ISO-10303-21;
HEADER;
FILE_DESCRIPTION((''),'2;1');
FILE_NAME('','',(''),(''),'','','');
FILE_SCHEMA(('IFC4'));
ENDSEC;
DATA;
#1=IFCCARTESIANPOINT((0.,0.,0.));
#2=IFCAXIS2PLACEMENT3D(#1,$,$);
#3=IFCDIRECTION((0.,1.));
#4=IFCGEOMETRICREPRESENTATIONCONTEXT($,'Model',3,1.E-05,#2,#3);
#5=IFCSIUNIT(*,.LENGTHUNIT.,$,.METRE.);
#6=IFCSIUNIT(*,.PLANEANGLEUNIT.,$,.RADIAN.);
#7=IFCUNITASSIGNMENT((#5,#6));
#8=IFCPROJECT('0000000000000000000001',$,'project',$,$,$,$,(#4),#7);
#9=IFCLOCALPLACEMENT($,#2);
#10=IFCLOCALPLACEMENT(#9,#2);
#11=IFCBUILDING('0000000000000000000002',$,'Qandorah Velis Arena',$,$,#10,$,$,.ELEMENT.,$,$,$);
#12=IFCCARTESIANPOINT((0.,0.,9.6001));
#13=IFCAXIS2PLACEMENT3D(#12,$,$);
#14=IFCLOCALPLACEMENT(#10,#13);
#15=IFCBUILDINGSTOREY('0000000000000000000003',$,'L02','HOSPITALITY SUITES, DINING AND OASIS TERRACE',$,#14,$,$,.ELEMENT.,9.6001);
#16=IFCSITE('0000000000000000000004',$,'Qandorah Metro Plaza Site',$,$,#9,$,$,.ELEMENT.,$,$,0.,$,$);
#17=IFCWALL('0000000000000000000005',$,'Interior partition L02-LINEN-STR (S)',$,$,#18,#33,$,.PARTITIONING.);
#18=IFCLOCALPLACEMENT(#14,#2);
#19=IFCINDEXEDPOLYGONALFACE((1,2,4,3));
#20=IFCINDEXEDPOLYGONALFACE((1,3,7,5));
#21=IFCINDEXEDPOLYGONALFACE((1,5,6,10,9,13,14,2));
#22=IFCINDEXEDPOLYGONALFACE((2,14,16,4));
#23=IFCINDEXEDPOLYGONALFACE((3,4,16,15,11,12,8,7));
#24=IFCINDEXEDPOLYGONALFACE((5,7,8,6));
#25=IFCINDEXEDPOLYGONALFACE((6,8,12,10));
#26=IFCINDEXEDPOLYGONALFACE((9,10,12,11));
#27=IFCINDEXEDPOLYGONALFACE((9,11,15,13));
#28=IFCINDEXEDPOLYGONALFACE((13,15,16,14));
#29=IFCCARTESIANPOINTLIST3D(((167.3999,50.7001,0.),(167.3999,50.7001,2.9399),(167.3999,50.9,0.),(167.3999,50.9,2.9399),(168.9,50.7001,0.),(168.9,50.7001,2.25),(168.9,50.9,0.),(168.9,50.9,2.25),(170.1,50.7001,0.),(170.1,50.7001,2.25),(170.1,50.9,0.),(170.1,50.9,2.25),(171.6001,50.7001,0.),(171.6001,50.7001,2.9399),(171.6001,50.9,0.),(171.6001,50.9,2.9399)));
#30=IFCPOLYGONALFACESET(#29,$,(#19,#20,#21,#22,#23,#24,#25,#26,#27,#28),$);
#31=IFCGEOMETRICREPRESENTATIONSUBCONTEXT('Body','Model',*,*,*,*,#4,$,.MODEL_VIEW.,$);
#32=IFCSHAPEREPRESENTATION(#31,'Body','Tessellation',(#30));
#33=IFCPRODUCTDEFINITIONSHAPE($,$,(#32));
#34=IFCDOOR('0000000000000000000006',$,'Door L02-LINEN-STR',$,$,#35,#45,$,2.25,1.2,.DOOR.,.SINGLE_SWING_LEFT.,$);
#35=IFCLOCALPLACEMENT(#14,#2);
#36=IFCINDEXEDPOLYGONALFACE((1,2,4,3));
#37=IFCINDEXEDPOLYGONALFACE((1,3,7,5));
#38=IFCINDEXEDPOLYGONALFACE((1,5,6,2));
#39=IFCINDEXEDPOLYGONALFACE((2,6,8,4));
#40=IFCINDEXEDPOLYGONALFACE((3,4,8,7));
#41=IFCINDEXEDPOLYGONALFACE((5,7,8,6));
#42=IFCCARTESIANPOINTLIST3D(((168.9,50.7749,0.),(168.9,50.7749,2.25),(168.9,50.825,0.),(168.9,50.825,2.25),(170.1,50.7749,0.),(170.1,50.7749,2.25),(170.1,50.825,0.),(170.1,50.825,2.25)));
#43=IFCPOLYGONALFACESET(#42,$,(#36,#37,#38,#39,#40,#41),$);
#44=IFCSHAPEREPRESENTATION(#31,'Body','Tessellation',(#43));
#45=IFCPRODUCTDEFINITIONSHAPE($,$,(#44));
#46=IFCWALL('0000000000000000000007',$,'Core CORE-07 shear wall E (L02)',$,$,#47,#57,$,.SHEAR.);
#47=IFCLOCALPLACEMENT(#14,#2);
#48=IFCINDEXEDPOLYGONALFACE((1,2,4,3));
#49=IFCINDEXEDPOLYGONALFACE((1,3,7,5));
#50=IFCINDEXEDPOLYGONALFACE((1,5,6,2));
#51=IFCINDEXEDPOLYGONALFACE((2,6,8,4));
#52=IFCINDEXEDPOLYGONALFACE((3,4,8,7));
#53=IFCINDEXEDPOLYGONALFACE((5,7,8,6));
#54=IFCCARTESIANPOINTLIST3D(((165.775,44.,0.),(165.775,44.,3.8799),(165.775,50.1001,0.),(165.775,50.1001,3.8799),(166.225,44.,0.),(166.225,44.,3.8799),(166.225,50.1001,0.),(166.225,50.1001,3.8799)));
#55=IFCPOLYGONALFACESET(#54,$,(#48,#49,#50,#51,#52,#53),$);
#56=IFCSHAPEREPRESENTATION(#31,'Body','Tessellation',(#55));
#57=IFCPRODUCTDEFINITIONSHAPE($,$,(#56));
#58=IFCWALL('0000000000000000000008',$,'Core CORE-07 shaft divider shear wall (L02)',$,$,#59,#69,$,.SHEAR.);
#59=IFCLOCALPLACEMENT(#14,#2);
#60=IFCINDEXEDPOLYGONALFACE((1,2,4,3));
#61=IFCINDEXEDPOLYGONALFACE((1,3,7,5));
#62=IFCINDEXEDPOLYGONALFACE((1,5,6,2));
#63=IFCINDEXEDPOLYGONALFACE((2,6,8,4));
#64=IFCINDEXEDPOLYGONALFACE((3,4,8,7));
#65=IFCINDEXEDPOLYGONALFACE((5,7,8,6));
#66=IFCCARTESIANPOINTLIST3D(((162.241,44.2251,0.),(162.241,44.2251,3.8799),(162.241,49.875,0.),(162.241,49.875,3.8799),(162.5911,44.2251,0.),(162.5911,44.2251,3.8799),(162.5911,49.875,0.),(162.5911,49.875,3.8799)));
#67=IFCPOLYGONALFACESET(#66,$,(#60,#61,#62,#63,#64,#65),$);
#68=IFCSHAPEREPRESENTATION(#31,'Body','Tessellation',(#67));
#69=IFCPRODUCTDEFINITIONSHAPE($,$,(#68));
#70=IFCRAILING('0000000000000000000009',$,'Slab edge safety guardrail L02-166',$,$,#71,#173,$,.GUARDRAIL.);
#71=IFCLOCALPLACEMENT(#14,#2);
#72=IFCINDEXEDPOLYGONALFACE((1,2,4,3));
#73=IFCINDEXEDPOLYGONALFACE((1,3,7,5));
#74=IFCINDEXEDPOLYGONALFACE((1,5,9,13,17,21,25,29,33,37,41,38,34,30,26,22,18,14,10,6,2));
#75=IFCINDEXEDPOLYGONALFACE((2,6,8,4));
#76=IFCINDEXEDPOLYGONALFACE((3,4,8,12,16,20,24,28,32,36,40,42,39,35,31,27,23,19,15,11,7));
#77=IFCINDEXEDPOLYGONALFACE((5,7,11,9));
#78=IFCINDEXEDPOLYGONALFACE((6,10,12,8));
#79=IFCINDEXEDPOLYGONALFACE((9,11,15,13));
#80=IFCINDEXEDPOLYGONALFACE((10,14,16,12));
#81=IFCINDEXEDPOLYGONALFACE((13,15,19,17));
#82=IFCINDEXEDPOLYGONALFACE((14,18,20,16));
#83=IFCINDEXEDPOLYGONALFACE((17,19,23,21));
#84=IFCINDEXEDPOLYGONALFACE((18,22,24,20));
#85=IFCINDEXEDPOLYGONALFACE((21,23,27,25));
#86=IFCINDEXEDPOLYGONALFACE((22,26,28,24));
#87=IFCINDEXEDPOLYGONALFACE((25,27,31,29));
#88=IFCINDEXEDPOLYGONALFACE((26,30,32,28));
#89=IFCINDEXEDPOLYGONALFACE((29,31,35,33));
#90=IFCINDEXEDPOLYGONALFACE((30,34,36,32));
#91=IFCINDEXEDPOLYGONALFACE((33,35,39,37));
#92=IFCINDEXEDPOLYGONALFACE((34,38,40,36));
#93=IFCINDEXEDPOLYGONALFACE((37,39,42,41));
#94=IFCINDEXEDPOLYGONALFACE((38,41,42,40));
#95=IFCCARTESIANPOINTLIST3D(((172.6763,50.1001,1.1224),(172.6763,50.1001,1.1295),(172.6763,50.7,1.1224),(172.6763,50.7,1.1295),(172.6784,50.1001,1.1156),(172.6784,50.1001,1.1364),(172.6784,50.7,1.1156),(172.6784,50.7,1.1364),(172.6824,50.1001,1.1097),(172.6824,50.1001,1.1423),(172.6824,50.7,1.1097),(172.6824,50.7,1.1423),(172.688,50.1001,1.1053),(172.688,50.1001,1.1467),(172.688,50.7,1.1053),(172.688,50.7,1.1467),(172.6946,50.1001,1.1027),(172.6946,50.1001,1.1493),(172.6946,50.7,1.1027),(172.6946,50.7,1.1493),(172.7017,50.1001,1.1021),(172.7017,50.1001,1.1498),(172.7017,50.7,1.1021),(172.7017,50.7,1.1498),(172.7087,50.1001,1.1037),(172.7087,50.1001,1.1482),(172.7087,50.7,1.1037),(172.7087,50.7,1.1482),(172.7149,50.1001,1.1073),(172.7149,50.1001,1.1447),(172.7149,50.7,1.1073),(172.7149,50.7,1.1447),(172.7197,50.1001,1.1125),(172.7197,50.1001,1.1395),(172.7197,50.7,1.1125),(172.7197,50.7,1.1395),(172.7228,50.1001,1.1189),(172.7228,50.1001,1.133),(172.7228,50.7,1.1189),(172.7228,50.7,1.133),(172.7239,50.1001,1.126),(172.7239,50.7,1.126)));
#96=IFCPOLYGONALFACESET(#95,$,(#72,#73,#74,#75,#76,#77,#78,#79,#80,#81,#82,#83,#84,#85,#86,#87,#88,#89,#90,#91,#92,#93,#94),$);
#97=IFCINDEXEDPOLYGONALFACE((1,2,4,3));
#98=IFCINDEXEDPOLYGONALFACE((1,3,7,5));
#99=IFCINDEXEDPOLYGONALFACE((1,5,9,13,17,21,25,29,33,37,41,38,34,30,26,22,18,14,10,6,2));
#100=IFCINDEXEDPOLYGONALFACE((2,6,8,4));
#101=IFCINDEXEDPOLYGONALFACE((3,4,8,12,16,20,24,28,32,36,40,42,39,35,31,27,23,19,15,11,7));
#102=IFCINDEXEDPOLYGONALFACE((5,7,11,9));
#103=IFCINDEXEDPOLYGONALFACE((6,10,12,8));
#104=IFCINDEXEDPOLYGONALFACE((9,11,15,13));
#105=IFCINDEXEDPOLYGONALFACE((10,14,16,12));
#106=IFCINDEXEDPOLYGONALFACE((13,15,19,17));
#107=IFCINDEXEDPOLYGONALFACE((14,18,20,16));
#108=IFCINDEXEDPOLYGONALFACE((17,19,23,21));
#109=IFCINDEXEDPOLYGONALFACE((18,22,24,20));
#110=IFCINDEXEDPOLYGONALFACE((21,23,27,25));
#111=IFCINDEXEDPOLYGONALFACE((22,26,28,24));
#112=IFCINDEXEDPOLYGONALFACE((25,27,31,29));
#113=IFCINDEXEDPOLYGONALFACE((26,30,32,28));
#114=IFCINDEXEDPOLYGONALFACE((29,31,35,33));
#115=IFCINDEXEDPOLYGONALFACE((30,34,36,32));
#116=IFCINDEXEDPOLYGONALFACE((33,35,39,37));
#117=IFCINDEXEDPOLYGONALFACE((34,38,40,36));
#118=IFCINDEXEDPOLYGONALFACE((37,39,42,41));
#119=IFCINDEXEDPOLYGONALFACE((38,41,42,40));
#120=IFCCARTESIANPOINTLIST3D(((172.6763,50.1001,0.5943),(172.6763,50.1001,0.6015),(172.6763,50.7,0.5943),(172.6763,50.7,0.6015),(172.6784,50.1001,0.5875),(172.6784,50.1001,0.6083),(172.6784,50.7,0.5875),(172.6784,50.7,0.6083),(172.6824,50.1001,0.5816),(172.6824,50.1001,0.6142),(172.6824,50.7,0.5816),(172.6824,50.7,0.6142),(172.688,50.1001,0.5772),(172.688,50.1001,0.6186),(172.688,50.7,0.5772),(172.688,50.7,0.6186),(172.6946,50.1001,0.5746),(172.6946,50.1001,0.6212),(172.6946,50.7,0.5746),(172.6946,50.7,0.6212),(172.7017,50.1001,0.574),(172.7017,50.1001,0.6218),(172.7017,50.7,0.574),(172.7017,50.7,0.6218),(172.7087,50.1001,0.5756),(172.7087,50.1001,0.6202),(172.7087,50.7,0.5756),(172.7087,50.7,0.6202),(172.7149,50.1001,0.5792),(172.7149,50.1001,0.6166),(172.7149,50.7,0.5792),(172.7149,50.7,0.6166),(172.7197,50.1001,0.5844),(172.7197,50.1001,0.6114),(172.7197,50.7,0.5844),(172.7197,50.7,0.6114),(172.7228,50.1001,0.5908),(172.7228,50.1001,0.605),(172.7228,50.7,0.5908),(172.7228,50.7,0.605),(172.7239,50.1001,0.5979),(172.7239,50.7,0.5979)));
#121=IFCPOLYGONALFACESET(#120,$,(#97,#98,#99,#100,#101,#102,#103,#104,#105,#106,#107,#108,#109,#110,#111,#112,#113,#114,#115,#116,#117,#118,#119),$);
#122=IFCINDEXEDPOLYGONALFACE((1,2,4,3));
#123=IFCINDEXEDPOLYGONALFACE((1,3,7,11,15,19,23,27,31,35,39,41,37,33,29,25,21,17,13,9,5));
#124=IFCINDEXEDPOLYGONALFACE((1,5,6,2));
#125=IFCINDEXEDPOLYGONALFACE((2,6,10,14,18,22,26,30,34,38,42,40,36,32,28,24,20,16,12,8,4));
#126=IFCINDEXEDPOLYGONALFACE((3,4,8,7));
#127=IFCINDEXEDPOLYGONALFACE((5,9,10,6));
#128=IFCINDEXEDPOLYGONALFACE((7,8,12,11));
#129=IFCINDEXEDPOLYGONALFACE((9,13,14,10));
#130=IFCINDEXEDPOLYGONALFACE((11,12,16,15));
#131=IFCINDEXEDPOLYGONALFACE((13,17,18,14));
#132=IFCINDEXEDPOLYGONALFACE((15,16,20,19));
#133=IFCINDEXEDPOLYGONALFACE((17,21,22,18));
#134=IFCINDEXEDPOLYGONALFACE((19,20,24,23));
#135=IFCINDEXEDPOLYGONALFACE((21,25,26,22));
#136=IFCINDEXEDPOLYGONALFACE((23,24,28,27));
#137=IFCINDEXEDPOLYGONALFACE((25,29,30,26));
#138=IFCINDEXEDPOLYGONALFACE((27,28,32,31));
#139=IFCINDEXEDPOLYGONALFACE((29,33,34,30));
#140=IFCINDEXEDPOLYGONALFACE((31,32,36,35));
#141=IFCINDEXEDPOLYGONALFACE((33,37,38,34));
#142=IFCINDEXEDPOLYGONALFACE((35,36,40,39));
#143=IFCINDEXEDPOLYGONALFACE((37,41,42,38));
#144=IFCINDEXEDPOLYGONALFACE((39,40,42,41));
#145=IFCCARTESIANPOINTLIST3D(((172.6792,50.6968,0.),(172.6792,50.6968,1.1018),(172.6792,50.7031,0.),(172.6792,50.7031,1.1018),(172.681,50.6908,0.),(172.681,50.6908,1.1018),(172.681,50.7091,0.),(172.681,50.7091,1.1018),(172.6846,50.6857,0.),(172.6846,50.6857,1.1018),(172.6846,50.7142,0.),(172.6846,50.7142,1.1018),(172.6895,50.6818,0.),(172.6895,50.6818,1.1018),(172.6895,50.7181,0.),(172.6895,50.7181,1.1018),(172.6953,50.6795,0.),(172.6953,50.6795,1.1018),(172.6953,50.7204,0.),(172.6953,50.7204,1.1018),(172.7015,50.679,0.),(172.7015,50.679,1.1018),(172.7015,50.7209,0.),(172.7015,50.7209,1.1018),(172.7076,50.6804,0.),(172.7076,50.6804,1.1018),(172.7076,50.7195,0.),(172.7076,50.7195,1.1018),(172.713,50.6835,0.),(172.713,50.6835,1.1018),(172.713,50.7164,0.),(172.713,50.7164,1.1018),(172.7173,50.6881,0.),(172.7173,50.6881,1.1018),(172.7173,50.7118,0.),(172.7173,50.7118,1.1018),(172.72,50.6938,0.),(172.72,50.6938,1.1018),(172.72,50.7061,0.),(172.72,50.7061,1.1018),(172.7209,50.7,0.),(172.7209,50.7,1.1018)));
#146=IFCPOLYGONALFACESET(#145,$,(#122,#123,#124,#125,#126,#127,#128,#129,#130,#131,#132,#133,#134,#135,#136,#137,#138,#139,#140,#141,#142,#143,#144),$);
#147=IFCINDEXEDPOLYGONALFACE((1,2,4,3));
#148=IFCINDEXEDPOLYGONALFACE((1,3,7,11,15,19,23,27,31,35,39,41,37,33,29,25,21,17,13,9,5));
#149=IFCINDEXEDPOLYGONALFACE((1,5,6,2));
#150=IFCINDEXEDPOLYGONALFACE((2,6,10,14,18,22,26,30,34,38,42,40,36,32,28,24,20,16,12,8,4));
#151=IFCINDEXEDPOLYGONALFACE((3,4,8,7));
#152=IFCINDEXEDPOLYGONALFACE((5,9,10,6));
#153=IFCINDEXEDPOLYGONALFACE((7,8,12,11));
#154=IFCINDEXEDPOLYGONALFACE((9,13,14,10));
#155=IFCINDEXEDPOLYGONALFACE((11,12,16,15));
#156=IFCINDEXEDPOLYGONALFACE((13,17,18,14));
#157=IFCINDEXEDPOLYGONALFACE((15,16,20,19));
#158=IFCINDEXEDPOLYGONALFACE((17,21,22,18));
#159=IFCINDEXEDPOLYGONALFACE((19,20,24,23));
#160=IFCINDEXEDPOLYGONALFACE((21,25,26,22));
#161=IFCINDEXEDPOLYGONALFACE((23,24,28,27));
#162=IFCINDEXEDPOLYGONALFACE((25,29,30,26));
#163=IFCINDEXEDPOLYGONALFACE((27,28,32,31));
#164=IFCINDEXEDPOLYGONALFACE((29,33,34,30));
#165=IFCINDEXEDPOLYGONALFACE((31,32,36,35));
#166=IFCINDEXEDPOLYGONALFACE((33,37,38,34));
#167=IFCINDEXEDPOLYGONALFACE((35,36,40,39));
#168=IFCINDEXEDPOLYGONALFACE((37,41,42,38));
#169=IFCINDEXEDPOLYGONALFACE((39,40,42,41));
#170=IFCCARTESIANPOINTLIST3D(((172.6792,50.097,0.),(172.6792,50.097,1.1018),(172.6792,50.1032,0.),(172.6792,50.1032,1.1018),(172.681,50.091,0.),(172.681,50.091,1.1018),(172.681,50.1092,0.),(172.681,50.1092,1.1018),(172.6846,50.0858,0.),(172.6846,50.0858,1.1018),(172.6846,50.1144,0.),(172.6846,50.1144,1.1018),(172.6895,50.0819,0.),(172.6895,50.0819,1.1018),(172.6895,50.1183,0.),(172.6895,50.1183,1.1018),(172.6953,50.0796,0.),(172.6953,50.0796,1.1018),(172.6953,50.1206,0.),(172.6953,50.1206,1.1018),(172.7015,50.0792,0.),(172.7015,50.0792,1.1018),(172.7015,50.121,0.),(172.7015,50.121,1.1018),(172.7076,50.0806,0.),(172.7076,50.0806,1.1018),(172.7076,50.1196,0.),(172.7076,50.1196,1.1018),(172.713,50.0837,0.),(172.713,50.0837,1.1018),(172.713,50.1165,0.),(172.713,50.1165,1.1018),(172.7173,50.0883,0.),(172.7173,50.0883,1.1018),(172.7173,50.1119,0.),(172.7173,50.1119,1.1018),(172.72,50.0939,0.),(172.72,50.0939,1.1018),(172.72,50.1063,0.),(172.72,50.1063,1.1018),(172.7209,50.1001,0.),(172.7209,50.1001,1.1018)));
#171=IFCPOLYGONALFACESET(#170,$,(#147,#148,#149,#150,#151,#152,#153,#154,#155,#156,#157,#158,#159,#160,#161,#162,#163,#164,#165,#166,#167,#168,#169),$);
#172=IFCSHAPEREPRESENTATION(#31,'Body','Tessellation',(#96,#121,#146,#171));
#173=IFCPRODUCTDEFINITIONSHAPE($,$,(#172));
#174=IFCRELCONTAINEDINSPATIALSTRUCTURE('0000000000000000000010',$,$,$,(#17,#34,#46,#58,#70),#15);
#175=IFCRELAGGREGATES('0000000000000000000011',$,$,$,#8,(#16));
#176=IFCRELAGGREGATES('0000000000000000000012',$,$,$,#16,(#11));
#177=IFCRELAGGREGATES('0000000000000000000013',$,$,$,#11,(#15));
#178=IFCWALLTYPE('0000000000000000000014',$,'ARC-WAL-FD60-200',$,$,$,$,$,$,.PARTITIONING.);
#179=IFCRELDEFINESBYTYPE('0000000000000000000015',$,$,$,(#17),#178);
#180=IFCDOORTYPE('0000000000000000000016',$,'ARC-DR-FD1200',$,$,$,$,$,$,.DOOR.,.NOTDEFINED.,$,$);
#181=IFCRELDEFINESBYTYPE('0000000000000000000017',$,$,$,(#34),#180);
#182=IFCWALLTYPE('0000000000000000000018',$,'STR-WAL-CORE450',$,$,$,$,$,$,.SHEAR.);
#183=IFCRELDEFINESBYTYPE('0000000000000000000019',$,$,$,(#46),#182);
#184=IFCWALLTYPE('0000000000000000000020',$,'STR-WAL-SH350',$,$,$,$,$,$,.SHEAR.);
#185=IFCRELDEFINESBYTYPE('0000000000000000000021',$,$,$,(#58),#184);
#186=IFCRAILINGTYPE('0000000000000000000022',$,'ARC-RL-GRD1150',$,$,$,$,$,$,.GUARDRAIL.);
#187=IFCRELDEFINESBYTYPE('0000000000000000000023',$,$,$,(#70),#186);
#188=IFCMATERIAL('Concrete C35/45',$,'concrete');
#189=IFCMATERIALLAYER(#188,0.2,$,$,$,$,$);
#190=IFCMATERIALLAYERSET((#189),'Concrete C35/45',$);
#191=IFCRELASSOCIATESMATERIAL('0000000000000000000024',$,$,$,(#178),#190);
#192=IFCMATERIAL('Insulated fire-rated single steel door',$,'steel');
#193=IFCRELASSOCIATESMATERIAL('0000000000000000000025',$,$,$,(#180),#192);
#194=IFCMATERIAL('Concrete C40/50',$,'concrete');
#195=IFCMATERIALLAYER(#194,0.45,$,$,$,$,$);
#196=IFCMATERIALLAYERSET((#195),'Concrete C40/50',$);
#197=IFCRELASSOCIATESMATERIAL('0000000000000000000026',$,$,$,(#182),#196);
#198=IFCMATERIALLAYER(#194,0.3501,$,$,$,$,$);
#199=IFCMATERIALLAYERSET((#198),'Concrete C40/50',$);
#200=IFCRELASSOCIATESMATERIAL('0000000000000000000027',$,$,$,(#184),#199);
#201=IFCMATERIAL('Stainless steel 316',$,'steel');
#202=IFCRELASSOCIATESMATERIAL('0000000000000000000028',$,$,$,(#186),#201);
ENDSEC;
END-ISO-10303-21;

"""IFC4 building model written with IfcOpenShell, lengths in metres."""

from ifc_helpers import new_model, si_unit, direction, frame, frame_2d, origin, origin_2d, place, context, subcontext, project, spatial, rectangle, circle, extrude, material, layer, layer_set, type_object, element, fill, save


model = new_model("IFC4")

# Units and contexts
model_context = context("Model", 3, precision=1e-05, world=origin(), true_north=direction((0.0, 1.0)))
body_context = subcontext(model_context, "Body", "Model", "MODEL_VIEW")
ifc_project = project(units=[si_unit("LENGTHUNIT", "METRE"), si_unit("PLANEANGLEUNIT", "RADIAN")], contexts=[model_context])

# Site, building, storey
site_placement = place(None, origin())
site = spatial("IfcSite", under=ifc_project, at=site_placement, Name="Qandorah Metro Plaza Site", CompositionType="ELEMENT", RefElevation=0.0)
building_placement = place(site_placement, origin())
building = spatial("IfcBuilding", under=site, at=building_placement, Name="Qandorah Velis Arena", CompositionType="ELEMENT")
storey_placement = place(building_placement, frame((0.0, 0.0, 9.6001)))
storey = spatial("IfcBuildingStorey", under=building, at=storey_placement, Name="L02", Description="HOSPITALITY SUITES, DINING AND OASIS TERRACE", CompositionType="ELEMENT", Elevation=9.6001)

# Shared definitions
ifc_material_1 = material(Name="Concrete C40/50", Category="concrete")

# Shared definitions
ifc_material_2 = material(Name="Concrete C35/45", Category="concrete")
ifc_layer_1 = layer(ifc_material_2, 0.2)
ifc_layer_set_1 = layer_set([ifc_layer_1], Name="Concrete C35/45")
wall_type_1 = type_object("IfcWallType", Name="ARC-WAL-FD60-200", PredefinedType="PARTITIONING", material=ifc_layer_set_1)
ifc_material_3 = material(Name="Insulated fire-rated single steel door", Category="steel")
door_type = type_object("IfcDoorType", Name="ARC-DR-FD1200", OperationType="NOTDEFINED", PredefinedType="DOOR", material=ifc_material_3)

# Wall, opening, door
wall_1_placement = place(storey_placement, frame((167.3999, 50.8, 0.0), z_axis=(0.0, 0.0, 1.0), x_axis=(1.0, 0.0, 0.0)))
wall_1 = element("IfcWall", 1, at=wall_1_placement, inside=storey, type_object=wall_type_1, Name="Interior partition L02-LINEN-STR (S)", PredefinedType="PARTITIONING", context=body_context, shape_type="SweptSolid", body=[
    extrude(rectangle(XDim=4.2002, YDim=0.2, at=frame_2d((2.1001, 0.0))), origin(), (0.0, 0.0, 1.0), 2.9399),
])
opening_1_placement = place(wall_1_placement, frame((1.5, 0.0, 0.0)))
opening_1 = element("IfcOpeningElement", 2, at=opening_1_placement, cuts=wall_1, PredefinedType="OPENING", context=body_context, shape_type="SweptSolid", body=[
    extrude(rectangle(XDim=1.2, YDim=2.25, at=frame_2d((0.6001, 1.125))), frame((0.0, 0.1099, 0.0), z_axis=(0.0, -1.0, 0.0), x_axis=(1.0, 0.0, 0.0)), (0.0, 0.0, 1.0), 0.22),
])
door_1_placement = place(opening_1_placement, origin())
door_1 = element("IfcDoor", 3, at=door_1_placement, inside=storey, type_object=door_type, Name="Door L02-LINEN-STR", OperationType="SINGLE_SWING_LEFT", OverallHeight=2.25, OverallWidth=1.2, PredefinedType="DOOR", context=body_context, shape_type="SweptSolid", body=[
    extrude(rectangle(XDim=1.2, YDim=2.25, at=frame_2d((0.6001, 1.125))), frame((0.0, 0.0249, 0.0), z_axis=(0.0, -1.0, 0.0), x_axis=(1.0, 0.0, 0.0)), (0.0, 0.0, 1.0), 0.05),
])
fill(opening_1, door_1)

# Walls
ifc_layer_2 = layer(ifc_material_1, 0.45)
ifc_layer_set_2 = layer_set([ifc_layer_2], Name="Concrete C40/50")
wall_type_2 = type_object("IfcWallType", Name="STR-WAL-CORE450", PredefinedType="SHEAR", material=ifc_layer_set_2)
wall_2_placement = place(storey_placement, frame((166.0, 44.0, 0.0), z_axis=(0.0, 0.0, 1.0), x_axis=(0.0, 1.0, 0.0)))
element("IfcWall", 4, at=wall_2_placement, inside=storey, type_object=wall_type_2, Name="Core CORE-07 shear wall E (L02)", PredefinedType="SHEAR", context=body_context, shape_type="SweptSolid", body=[
    extrude(rectangle(XDim=6.1001, YDim=0.45, at=frame_2d((3.05, 0.0))), origin(), (0.0, 0.0, 1.0), 3.8799),
])
ifc_layer_3 = layer(ifc_material_1, 0.3501)
ifc_layer_set_3 = layer_set([ifc_layer_3], Name="Concrete C40/50")
wall_type_3 = type_object("IfcWallType", Name="STR-WAL-SH350", PredefinedType="SHEAR", material=ifc_layer_set_3)
wall_3_placement = place(storey_placement, frame((162.416, 44.2251, 0.0), z_axis=(0.0, 0.0, 1.0), x_axis=(0.0, 1.0, 0.0)))
element("IfcWall", 5, at=wall_3_placement, inside=storey, type_object=wall_type_3, Name="Core CORE-07 shaft divider shear wall (L02)", PredefinedType="SHEAR", context=body_context, shape_type="SweptSolid", body=[
    extrude(rectangle(XDim=5.6499, YDim=0.3501, at=frame_2d((2.825, 0.0))), origin(), (0.0, 0.0, 1.0), 3.8799),
])

# Railing
ifc_material_4 = material(Name="Stainless steel 316", Category="steel")
railing_type = type_object("IfcRailingType", Name="ARC-RL-GRD1150", PredefinedType="GUARDRAIL", material=ifc_material_4)
railing_1_placement = place(storey_placement, frame((172.7, 50.7, 0.0)))
element("IfcRailing", 6, at=railing_1_placement, inside=storey, type_object=railing_type, Name="Slab edge safety guardrail L02-166", PredefinedType="GUARDRAIL", context=body_context, shape_type="SweptSolid", body=[
    extrude(circle(Radius=0.0239, at=origin_2d()), frame((0.0, 0.0, 1.126), z_axis=(0.0, -1.0, 0.0), x_axis=(1.0, 0.0, 0.0)), (0.0, 0.0, 1.0), 0.5999),
    extrude(circle(Radius=0.0239, at=origin_2d()), frame((0.0, 0.0, 0.5979), z_axis=(0.0, -1.0, 0.0), x_axis=(1.0, 0.0, 0.0)), (0.0, 0.0, 1.0), 0.5999),
    extrude(circle(Radius=0.021, at=origin_2d()), origin(), (0.0, 0.0, 1.0), 1.1018),
    extrude(circle(Radius=0.021, at=origin_2d()), frame((0.0, -0.5999, 0.0)), (0.0, 0.0, 1.0), 1.1018),
])

save(model, "model.ifc")
